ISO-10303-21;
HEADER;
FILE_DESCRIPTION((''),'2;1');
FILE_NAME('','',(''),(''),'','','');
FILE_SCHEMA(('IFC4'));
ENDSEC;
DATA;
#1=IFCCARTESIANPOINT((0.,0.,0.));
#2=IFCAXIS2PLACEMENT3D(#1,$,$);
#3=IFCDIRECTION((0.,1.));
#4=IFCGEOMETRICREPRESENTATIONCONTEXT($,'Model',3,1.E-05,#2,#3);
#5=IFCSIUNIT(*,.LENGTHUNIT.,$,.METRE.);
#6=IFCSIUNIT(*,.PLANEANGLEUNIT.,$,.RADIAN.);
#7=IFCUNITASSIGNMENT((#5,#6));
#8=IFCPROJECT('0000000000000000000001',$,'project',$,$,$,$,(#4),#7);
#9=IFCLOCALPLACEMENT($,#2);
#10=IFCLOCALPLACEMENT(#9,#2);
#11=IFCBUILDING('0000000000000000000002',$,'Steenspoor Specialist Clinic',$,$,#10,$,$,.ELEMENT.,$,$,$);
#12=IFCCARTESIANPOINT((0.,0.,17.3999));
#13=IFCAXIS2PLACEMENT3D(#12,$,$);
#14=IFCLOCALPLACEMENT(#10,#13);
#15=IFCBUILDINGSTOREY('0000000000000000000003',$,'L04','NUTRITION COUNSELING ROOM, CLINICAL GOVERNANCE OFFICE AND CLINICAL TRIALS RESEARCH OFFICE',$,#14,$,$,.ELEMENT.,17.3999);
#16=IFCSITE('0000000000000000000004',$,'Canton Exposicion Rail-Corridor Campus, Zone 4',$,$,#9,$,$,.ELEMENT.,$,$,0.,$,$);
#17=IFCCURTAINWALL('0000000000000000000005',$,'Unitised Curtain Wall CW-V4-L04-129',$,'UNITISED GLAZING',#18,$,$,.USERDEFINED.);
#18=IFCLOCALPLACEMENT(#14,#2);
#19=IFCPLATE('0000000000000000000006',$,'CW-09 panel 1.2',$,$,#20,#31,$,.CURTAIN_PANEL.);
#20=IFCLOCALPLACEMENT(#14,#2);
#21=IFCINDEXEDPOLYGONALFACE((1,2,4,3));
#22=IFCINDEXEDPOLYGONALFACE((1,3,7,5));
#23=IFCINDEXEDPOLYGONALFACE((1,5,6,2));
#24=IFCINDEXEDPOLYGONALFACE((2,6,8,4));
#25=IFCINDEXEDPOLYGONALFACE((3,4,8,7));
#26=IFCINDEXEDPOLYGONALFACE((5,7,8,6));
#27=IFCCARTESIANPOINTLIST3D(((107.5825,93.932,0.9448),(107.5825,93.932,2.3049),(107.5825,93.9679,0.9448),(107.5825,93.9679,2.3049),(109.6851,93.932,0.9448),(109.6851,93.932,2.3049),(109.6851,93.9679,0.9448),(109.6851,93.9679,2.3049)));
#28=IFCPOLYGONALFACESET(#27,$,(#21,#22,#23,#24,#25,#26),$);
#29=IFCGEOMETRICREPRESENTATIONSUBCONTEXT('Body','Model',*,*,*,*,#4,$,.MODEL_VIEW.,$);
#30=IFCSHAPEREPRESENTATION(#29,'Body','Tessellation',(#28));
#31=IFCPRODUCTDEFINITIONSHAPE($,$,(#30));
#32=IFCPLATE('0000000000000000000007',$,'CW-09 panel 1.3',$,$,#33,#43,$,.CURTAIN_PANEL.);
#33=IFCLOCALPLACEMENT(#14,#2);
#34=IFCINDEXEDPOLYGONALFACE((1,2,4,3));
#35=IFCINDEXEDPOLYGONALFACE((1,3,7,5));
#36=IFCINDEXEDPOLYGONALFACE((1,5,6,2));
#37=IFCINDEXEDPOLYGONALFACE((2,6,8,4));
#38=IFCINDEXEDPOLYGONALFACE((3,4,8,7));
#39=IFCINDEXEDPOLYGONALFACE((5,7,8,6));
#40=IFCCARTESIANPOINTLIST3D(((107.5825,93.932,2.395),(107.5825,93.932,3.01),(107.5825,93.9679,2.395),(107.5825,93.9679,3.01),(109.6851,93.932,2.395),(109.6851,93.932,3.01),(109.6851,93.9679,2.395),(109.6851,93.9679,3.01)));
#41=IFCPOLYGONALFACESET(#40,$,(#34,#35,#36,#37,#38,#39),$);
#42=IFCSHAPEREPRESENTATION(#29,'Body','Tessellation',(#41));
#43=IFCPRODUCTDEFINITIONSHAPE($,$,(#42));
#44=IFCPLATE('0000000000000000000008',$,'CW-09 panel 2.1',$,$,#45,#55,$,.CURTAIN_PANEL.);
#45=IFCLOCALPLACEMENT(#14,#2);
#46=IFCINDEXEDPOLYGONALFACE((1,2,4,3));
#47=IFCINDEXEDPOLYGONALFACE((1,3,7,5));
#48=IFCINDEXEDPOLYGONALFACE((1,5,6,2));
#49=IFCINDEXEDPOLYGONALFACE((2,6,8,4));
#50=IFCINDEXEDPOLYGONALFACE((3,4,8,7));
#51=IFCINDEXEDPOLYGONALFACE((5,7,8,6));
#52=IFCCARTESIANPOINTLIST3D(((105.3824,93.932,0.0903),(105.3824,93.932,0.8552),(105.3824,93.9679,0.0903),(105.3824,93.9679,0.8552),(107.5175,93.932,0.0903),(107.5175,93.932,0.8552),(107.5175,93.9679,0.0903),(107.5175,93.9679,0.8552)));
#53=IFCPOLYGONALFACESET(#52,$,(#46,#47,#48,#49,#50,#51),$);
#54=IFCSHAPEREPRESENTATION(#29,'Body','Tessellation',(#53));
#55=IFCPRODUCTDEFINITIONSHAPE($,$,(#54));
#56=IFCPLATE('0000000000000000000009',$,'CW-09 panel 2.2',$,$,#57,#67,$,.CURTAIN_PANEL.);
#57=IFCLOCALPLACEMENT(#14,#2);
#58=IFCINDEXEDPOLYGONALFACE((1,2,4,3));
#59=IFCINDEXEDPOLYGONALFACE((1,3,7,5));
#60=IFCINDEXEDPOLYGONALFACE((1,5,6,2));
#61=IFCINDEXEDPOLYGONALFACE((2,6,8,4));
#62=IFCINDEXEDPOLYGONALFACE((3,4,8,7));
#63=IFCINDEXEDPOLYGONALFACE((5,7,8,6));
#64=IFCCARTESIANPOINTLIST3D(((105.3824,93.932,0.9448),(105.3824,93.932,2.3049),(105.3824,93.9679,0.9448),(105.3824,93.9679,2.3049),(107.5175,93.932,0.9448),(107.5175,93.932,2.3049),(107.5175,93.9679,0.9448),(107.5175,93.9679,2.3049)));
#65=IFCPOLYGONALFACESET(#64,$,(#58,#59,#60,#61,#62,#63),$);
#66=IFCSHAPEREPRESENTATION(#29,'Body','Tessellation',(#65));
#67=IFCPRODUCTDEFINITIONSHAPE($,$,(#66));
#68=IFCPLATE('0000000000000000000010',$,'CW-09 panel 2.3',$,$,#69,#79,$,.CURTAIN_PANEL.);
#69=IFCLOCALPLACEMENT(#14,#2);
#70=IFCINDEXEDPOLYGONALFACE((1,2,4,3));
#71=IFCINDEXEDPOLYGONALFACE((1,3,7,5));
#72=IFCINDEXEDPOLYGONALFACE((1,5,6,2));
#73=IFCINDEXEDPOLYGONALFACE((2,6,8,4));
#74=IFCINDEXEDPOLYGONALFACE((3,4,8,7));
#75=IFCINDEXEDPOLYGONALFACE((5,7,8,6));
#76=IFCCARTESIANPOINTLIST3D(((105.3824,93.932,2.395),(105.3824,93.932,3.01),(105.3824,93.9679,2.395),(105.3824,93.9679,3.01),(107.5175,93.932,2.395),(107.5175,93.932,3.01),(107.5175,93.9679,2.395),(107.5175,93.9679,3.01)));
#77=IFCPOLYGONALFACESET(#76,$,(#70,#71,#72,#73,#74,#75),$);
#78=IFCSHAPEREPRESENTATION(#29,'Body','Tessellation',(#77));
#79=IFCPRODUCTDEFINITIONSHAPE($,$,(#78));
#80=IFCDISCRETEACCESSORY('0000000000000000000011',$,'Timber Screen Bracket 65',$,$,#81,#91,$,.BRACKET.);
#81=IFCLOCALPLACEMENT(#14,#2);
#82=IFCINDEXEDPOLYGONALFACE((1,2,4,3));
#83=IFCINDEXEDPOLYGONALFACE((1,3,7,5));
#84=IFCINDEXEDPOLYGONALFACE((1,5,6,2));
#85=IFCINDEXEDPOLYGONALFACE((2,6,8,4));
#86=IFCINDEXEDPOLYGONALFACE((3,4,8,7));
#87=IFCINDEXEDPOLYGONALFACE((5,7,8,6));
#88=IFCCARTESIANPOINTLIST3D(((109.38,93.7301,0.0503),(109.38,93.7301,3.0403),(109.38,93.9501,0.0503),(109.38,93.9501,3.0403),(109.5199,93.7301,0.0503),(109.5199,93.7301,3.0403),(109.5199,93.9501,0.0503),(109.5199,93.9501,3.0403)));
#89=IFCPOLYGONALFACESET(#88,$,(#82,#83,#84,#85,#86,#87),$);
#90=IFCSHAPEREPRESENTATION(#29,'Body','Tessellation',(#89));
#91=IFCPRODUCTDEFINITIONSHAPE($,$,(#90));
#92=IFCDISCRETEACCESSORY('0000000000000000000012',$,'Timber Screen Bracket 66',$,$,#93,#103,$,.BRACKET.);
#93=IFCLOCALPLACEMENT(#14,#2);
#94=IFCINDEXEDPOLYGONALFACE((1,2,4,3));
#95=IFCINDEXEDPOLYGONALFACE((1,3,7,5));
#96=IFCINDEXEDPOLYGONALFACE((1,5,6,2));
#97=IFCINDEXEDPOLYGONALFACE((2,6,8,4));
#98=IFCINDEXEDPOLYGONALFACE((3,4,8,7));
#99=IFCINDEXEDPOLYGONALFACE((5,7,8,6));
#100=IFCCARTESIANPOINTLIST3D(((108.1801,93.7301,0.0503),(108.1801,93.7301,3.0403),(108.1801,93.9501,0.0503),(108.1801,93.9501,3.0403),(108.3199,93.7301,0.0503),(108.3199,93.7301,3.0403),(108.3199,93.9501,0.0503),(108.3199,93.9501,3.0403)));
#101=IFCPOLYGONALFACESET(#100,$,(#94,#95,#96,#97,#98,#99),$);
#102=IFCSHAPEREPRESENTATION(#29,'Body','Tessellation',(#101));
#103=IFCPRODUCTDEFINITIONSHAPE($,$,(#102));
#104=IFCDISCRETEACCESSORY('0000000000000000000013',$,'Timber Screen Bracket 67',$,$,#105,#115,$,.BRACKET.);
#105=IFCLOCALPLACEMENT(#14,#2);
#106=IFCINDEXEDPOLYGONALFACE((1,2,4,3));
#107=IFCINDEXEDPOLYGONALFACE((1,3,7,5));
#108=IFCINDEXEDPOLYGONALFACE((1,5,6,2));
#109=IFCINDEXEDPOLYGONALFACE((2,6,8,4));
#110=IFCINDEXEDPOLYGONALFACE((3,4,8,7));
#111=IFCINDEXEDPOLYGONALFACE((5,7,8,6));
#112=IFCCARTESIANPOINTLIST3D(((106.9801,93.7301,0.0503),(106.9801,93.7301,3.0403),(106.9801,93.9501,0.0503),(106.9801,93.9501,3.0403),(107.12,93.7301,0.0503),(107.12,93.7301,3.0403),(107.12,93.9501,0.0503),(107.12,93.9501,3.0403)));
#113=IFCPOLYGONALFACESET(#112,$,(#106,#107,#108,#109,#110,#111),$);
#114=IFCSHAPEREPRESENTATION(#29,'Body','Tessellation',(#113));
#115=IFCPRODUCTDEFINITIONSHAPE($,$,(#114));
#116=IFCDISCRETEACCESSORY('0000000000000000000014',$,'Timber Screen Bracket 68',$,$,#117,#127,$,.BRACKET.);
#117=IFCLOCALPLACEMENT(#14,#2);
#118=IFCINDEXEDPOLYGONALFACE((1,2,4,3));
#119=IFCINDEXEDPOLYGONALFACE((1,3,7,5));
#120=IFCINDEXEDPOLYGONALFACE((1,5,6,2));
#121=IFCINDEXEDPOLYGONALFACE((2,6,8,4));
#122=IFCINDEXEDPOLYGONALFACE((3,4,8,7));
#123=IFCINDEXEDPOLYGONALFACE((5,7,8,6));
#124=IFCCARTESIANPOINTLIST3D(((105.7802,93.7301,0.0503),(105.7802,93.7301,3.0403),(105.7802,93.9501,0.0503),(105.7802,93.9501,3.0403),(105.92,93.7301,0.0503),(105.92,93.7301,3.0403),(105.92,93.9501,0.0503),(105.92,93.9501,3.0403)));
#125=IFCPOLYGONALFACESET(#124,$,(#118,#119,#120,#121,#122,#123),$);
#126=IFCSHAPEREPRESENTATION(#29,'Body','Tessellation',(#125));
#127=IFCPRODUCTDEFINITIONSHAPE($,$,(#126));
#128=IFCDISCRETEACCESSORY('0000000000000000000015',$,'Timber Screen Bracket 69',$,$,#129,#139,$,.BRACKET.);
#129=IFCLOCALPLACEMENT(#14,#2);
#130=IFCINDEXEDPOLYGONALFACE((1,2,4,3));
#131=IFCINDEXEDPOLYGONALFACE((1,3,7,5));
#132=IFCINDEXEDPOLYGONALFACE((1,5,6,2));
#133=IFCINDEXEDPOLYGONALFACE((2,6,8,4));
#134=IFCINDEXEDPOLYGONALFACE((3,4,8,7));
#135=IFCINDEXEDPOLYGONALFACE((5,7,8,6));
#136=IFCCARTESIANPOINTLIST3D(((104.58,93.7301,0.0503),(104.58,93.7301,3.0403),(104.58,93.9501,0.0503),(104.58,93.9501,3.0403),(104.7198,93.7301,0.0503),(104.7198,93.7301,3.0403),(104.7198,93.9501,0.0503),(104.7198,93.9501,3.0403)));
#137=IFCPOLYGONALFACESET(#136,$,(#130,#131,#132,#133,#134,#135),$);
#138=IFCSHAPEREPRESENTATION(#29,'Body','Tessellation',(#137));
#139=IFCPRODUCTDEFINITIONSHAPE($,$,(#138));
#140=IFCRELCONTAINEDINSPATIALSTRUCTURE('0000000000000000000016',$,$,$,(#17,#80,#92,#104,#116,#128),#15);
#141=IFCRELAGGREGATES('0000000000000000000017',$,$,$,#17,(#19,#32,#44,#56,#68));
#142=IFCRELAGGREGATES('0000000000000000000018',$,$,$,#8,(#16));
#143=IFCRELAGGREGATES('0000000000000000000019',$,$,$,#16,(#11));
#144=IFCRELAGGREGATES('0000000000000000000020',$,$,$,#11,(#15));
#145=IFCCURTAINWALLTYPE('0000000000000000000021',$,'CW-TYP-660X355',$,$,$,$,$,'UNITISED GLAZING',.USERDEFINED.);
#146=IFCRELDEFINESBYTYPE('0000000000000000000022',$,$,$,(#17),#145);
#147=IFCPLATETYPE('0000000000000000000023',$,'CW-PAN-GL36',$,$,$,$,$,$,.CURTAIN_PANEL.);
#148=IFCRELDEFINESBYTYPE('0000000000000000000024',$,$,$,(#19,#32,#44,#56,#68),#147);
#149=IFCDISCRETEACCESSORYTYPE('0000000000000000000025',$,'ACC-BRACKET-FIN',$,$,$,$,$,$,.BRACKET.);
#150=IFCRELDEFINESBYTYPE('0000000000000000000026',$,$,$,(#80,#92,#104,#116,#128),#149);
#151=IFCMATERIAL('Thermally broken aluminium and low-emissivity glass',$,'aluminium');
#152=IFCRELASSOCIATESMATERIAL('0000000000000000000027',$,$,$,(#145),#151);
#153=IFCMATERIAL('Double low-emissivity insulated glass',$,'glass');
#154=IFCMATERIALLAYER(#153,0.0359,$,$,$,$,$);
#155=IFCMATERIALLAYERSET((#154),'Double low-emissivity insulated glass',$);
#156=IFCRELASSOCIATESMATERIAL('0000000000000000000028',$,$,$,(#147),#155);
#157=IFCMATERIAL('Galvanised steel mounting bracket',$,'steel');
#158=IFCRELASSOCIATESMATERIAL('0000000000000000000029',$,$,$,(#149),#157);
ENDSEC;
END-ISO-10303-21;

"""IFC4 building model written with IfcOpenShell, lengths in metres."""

from ifc_helpers import new_model, si_unit, direction, frame, origin, origin_2d, place, context, subcontext, project, spatial, rectangle, extrude, material, layer, layer_set, type_object, element, aggregate, save


model = new_model("IFC4")

# Units and contexts
model_context = context("Model", 3, precision=1e-05, world=origin(), true_north=direction((0.0, 1.0)))
body_context = subcontext(model_context, "Body", "Model", "MODEL_VIEW")
ifc_project = project(units=[si_unit("LENGTHUNIT", "METRE"), si_unit("PLANEANGLEUNIT", "RADIAN")], contexts=[model_context])

# Site, building, storey
site_placement = place(None, origin())
site = spatial("IfcSite", under=ifc_project, at=site_placement, Name="Canton Exposicion Rail-Corridor Campus, Zone 4", CompositionType="ELEMENT", RefElevation=0.0)
building_placement = place(site_placement, origin())
building = spatial("IfcBuilding", under=site, at=building_placement, Name="Steenspoor Specialist Clinic", CompositionType="ELEMENT")
storey_placement = place(building_placement, frame((0.0, 0.0, 17.3999)))
storey = spatial("IfcBuildingStorey", under=building, at=storey_placement, Name="L04", Description="NUTRITION COUNSELING ROOM, CLINICAL GOVERNANCE OFFICE AND CLINICAL TRIALS RESEARCH OFFICE", CompositionType="ELEMENT", Elevation=17.3999)

# Curtain wall
ifc_material_1 = material(Name="Thermally broken aluminium and low-emissivity glass", Category="aluminium")
curtain_wall_type = type_object("IfcCurtainWallType", Name="CW-TYP-660X355", ElementType="UNITISED GLAZING", PredefinedType="USERDEFINED", material=ifc_material_1)
curtain_wall_placement = place(storey_placement, origin())
curtain_wall = element("IfcCurtainWall", 1, at=curtain_wall_placement, inside=storey, type_object=curtain_wall_type, Name="Unitised Curtain Wall CW-V4-L04-129", ObjectType="UNITISED GLAZING", PredefinedType="USERDEFINED")

# Plates
ifc_material_2 = material(Name="Double low-emissivity insulated glass", Category="glass")
ifc_layer = layer(ifc_material_2, 0.0359)
ifc_layer_set = layer_set([ifc_layer], Name="Double low-emissivity insulated glass")
plate_type = type_object("IfcPlateType", Name="CW-PAN-GL36", PredefinedType="CURTAIN_PANEL", material=ifc_layer_set)
plate_1_placement = place(storey_placement, frame((108.6338, 93.95, 0.9448), z_axis=(0.0, 0.0, 1.0), x_axis=(-1.0, 0.0, 0.0)))
plate_1 = element("IfcPlate", 2, at=plate_1_placement, type_object=plate_type, Name="CW-09 panel 1.2", PredefinedType="CURTAIN_PANEL", context=body_context, shape_type="SweptSolid", body=[
    extrude(rectangle(XDim=2.1025, YDim=0.0359, at=origin_2d()), origin(), (0.0, 0.0, 1.0), 1.3601),
])
plate_2_placement = place(storey_placement, frame((108.6338, 93.95, 2.395), z_axis=(0.0, 0.0, 1.0), x_axis=(-1.0, 0.0, 0.0)))
plate_2 = element("IfcPlate", 3, at=plate_2_placement, type_object=plate_type, Name="CW-09 panel 1.3", PredefinedType="CURTAIN_PANEL", context=body_context, shape_type="SweptSolid", body=[
    extrude(rectangle(XDim=2.1025, YDim=0.0359, at=origin_2d()), origin(), (0.0, 0.0, 1.0), 0.615),
])
plate_3_placement = place(storey_placement, frame((106.45, 93.95, 0.0903), z_axis=(0.0, 0.0, 1.0), x_axis=(-1.0, 0.0, 0.0)))
plate_3 = element("IfcPlate", 4, at=plate_3_placement, type_object=plate_type, Name="CW-09 panel 2.1", PredefinedType="CURTAIN_PANEL", context=body_context, shape_type="SweptSolid", body=[
    extrude(rectangle(XDim=2.135, YDim=0.0359, at=origin_2d()), origin(), (0.0, 0.0, 1.0), 0.7649),
])
plate_4_placement = place(storey_placement, frame((106.45, 93.95, 0.9448), z_axis=(0.0, 0.0, 1.0), x_axis=(-1.0, 0.0, 0.0)))
plate_4 = element("IfcPlate", 5, at=plate_4_placement, type_object=plate_type, Name="CW-09 panel 2.2", PredefinedType="CURTAIN_PANEL", context=body_context, shape_type="SweptSolid", body=[
    extrude(rectangle(XDim=2.135, YDim=0.0359, at=origin_2d()), origin(), (0.0, 0.0, 1.0), 1.3601),
])
plate_5_placement = place(storey_placement, frame((106.45, 93.95, 2.395), z_axis=(0.0, 0.0, 1.0), x_axis=(-1.0, 0.0, 0.0)))
plate_5 = element("IfcPlate", 6, at=plate_5_placement, type_object=plate_type, Name="CW-09 panel 2.3", PredefinedType="CURTAIN_PANEL", context=body_context, shape_type="SweptSolid", body=[
    extrude(rectangle(XDim=2.135, YDim=0.0359, at=origin_2d()), origin(), (0.0, 0.0, 1.0), 0.615),
])
aggregate(curtain_wall, [plate_1, plate_2, plate_3, plate_4, plate_5])

# Discrete accessories
ifc_material_3 = material(Name="Galvanised steel mounting bracket", Category="steel")
discrete_accessory_type = type_object("IfcDiscreteAccessoryType", Name="ACC-BRACKET-FIN", PredefinedType="BRACKET", material=ifc_material_3)
for number, where, z_axis, x_axis, name in (
    (7, (109.45, 93.8401, 0.0503), (0.0, 0.0, 1.0), (0.0, -1.0, 0.0), "Timber Screen Bracket 65"),
    (8, (108.25, 93.8401, 0.0503), (0.0, 0.0, 1.0), (0.0, -1.0, 0.0), "Timber Screen Bracket 66"),
    (9, (107.05, 93.8401, 0.0503), (0.0, 0.0, 1.0), (0.0, -1.0, 0.0), "Timber Screen Bracket 67"),
    (10, (105.8501, 93.8401, 0.0503), (0.0, 0.0, 1.0), (0.0, -1.0, 0.0), "Timber Screen Bracket 68"),
    (11, (104.6499, 93.8401, 0.0503), (0.0, 0.0, 1.0), (0.0, -1.0, 0.0), "Timber Screen Bracket 69"),
):
    element("IfcDiscreteAccessory", number, at=place(storey_placement, frame(where, z_axis=z_axis, x_axis=x_axis)), inside=storey, type_object=discrete_accessory_type, Name=name, PredefinedType="BRACKET", context=body_context, shape_type="SweptSolid", body=[
        extrude(rectangle(XDim=0.22, YDim=0.1399, at=origin_2d()), origin(), (0.0, 0.0, 1.0), 2.99),
    ])

save(model, "model.ifc")
